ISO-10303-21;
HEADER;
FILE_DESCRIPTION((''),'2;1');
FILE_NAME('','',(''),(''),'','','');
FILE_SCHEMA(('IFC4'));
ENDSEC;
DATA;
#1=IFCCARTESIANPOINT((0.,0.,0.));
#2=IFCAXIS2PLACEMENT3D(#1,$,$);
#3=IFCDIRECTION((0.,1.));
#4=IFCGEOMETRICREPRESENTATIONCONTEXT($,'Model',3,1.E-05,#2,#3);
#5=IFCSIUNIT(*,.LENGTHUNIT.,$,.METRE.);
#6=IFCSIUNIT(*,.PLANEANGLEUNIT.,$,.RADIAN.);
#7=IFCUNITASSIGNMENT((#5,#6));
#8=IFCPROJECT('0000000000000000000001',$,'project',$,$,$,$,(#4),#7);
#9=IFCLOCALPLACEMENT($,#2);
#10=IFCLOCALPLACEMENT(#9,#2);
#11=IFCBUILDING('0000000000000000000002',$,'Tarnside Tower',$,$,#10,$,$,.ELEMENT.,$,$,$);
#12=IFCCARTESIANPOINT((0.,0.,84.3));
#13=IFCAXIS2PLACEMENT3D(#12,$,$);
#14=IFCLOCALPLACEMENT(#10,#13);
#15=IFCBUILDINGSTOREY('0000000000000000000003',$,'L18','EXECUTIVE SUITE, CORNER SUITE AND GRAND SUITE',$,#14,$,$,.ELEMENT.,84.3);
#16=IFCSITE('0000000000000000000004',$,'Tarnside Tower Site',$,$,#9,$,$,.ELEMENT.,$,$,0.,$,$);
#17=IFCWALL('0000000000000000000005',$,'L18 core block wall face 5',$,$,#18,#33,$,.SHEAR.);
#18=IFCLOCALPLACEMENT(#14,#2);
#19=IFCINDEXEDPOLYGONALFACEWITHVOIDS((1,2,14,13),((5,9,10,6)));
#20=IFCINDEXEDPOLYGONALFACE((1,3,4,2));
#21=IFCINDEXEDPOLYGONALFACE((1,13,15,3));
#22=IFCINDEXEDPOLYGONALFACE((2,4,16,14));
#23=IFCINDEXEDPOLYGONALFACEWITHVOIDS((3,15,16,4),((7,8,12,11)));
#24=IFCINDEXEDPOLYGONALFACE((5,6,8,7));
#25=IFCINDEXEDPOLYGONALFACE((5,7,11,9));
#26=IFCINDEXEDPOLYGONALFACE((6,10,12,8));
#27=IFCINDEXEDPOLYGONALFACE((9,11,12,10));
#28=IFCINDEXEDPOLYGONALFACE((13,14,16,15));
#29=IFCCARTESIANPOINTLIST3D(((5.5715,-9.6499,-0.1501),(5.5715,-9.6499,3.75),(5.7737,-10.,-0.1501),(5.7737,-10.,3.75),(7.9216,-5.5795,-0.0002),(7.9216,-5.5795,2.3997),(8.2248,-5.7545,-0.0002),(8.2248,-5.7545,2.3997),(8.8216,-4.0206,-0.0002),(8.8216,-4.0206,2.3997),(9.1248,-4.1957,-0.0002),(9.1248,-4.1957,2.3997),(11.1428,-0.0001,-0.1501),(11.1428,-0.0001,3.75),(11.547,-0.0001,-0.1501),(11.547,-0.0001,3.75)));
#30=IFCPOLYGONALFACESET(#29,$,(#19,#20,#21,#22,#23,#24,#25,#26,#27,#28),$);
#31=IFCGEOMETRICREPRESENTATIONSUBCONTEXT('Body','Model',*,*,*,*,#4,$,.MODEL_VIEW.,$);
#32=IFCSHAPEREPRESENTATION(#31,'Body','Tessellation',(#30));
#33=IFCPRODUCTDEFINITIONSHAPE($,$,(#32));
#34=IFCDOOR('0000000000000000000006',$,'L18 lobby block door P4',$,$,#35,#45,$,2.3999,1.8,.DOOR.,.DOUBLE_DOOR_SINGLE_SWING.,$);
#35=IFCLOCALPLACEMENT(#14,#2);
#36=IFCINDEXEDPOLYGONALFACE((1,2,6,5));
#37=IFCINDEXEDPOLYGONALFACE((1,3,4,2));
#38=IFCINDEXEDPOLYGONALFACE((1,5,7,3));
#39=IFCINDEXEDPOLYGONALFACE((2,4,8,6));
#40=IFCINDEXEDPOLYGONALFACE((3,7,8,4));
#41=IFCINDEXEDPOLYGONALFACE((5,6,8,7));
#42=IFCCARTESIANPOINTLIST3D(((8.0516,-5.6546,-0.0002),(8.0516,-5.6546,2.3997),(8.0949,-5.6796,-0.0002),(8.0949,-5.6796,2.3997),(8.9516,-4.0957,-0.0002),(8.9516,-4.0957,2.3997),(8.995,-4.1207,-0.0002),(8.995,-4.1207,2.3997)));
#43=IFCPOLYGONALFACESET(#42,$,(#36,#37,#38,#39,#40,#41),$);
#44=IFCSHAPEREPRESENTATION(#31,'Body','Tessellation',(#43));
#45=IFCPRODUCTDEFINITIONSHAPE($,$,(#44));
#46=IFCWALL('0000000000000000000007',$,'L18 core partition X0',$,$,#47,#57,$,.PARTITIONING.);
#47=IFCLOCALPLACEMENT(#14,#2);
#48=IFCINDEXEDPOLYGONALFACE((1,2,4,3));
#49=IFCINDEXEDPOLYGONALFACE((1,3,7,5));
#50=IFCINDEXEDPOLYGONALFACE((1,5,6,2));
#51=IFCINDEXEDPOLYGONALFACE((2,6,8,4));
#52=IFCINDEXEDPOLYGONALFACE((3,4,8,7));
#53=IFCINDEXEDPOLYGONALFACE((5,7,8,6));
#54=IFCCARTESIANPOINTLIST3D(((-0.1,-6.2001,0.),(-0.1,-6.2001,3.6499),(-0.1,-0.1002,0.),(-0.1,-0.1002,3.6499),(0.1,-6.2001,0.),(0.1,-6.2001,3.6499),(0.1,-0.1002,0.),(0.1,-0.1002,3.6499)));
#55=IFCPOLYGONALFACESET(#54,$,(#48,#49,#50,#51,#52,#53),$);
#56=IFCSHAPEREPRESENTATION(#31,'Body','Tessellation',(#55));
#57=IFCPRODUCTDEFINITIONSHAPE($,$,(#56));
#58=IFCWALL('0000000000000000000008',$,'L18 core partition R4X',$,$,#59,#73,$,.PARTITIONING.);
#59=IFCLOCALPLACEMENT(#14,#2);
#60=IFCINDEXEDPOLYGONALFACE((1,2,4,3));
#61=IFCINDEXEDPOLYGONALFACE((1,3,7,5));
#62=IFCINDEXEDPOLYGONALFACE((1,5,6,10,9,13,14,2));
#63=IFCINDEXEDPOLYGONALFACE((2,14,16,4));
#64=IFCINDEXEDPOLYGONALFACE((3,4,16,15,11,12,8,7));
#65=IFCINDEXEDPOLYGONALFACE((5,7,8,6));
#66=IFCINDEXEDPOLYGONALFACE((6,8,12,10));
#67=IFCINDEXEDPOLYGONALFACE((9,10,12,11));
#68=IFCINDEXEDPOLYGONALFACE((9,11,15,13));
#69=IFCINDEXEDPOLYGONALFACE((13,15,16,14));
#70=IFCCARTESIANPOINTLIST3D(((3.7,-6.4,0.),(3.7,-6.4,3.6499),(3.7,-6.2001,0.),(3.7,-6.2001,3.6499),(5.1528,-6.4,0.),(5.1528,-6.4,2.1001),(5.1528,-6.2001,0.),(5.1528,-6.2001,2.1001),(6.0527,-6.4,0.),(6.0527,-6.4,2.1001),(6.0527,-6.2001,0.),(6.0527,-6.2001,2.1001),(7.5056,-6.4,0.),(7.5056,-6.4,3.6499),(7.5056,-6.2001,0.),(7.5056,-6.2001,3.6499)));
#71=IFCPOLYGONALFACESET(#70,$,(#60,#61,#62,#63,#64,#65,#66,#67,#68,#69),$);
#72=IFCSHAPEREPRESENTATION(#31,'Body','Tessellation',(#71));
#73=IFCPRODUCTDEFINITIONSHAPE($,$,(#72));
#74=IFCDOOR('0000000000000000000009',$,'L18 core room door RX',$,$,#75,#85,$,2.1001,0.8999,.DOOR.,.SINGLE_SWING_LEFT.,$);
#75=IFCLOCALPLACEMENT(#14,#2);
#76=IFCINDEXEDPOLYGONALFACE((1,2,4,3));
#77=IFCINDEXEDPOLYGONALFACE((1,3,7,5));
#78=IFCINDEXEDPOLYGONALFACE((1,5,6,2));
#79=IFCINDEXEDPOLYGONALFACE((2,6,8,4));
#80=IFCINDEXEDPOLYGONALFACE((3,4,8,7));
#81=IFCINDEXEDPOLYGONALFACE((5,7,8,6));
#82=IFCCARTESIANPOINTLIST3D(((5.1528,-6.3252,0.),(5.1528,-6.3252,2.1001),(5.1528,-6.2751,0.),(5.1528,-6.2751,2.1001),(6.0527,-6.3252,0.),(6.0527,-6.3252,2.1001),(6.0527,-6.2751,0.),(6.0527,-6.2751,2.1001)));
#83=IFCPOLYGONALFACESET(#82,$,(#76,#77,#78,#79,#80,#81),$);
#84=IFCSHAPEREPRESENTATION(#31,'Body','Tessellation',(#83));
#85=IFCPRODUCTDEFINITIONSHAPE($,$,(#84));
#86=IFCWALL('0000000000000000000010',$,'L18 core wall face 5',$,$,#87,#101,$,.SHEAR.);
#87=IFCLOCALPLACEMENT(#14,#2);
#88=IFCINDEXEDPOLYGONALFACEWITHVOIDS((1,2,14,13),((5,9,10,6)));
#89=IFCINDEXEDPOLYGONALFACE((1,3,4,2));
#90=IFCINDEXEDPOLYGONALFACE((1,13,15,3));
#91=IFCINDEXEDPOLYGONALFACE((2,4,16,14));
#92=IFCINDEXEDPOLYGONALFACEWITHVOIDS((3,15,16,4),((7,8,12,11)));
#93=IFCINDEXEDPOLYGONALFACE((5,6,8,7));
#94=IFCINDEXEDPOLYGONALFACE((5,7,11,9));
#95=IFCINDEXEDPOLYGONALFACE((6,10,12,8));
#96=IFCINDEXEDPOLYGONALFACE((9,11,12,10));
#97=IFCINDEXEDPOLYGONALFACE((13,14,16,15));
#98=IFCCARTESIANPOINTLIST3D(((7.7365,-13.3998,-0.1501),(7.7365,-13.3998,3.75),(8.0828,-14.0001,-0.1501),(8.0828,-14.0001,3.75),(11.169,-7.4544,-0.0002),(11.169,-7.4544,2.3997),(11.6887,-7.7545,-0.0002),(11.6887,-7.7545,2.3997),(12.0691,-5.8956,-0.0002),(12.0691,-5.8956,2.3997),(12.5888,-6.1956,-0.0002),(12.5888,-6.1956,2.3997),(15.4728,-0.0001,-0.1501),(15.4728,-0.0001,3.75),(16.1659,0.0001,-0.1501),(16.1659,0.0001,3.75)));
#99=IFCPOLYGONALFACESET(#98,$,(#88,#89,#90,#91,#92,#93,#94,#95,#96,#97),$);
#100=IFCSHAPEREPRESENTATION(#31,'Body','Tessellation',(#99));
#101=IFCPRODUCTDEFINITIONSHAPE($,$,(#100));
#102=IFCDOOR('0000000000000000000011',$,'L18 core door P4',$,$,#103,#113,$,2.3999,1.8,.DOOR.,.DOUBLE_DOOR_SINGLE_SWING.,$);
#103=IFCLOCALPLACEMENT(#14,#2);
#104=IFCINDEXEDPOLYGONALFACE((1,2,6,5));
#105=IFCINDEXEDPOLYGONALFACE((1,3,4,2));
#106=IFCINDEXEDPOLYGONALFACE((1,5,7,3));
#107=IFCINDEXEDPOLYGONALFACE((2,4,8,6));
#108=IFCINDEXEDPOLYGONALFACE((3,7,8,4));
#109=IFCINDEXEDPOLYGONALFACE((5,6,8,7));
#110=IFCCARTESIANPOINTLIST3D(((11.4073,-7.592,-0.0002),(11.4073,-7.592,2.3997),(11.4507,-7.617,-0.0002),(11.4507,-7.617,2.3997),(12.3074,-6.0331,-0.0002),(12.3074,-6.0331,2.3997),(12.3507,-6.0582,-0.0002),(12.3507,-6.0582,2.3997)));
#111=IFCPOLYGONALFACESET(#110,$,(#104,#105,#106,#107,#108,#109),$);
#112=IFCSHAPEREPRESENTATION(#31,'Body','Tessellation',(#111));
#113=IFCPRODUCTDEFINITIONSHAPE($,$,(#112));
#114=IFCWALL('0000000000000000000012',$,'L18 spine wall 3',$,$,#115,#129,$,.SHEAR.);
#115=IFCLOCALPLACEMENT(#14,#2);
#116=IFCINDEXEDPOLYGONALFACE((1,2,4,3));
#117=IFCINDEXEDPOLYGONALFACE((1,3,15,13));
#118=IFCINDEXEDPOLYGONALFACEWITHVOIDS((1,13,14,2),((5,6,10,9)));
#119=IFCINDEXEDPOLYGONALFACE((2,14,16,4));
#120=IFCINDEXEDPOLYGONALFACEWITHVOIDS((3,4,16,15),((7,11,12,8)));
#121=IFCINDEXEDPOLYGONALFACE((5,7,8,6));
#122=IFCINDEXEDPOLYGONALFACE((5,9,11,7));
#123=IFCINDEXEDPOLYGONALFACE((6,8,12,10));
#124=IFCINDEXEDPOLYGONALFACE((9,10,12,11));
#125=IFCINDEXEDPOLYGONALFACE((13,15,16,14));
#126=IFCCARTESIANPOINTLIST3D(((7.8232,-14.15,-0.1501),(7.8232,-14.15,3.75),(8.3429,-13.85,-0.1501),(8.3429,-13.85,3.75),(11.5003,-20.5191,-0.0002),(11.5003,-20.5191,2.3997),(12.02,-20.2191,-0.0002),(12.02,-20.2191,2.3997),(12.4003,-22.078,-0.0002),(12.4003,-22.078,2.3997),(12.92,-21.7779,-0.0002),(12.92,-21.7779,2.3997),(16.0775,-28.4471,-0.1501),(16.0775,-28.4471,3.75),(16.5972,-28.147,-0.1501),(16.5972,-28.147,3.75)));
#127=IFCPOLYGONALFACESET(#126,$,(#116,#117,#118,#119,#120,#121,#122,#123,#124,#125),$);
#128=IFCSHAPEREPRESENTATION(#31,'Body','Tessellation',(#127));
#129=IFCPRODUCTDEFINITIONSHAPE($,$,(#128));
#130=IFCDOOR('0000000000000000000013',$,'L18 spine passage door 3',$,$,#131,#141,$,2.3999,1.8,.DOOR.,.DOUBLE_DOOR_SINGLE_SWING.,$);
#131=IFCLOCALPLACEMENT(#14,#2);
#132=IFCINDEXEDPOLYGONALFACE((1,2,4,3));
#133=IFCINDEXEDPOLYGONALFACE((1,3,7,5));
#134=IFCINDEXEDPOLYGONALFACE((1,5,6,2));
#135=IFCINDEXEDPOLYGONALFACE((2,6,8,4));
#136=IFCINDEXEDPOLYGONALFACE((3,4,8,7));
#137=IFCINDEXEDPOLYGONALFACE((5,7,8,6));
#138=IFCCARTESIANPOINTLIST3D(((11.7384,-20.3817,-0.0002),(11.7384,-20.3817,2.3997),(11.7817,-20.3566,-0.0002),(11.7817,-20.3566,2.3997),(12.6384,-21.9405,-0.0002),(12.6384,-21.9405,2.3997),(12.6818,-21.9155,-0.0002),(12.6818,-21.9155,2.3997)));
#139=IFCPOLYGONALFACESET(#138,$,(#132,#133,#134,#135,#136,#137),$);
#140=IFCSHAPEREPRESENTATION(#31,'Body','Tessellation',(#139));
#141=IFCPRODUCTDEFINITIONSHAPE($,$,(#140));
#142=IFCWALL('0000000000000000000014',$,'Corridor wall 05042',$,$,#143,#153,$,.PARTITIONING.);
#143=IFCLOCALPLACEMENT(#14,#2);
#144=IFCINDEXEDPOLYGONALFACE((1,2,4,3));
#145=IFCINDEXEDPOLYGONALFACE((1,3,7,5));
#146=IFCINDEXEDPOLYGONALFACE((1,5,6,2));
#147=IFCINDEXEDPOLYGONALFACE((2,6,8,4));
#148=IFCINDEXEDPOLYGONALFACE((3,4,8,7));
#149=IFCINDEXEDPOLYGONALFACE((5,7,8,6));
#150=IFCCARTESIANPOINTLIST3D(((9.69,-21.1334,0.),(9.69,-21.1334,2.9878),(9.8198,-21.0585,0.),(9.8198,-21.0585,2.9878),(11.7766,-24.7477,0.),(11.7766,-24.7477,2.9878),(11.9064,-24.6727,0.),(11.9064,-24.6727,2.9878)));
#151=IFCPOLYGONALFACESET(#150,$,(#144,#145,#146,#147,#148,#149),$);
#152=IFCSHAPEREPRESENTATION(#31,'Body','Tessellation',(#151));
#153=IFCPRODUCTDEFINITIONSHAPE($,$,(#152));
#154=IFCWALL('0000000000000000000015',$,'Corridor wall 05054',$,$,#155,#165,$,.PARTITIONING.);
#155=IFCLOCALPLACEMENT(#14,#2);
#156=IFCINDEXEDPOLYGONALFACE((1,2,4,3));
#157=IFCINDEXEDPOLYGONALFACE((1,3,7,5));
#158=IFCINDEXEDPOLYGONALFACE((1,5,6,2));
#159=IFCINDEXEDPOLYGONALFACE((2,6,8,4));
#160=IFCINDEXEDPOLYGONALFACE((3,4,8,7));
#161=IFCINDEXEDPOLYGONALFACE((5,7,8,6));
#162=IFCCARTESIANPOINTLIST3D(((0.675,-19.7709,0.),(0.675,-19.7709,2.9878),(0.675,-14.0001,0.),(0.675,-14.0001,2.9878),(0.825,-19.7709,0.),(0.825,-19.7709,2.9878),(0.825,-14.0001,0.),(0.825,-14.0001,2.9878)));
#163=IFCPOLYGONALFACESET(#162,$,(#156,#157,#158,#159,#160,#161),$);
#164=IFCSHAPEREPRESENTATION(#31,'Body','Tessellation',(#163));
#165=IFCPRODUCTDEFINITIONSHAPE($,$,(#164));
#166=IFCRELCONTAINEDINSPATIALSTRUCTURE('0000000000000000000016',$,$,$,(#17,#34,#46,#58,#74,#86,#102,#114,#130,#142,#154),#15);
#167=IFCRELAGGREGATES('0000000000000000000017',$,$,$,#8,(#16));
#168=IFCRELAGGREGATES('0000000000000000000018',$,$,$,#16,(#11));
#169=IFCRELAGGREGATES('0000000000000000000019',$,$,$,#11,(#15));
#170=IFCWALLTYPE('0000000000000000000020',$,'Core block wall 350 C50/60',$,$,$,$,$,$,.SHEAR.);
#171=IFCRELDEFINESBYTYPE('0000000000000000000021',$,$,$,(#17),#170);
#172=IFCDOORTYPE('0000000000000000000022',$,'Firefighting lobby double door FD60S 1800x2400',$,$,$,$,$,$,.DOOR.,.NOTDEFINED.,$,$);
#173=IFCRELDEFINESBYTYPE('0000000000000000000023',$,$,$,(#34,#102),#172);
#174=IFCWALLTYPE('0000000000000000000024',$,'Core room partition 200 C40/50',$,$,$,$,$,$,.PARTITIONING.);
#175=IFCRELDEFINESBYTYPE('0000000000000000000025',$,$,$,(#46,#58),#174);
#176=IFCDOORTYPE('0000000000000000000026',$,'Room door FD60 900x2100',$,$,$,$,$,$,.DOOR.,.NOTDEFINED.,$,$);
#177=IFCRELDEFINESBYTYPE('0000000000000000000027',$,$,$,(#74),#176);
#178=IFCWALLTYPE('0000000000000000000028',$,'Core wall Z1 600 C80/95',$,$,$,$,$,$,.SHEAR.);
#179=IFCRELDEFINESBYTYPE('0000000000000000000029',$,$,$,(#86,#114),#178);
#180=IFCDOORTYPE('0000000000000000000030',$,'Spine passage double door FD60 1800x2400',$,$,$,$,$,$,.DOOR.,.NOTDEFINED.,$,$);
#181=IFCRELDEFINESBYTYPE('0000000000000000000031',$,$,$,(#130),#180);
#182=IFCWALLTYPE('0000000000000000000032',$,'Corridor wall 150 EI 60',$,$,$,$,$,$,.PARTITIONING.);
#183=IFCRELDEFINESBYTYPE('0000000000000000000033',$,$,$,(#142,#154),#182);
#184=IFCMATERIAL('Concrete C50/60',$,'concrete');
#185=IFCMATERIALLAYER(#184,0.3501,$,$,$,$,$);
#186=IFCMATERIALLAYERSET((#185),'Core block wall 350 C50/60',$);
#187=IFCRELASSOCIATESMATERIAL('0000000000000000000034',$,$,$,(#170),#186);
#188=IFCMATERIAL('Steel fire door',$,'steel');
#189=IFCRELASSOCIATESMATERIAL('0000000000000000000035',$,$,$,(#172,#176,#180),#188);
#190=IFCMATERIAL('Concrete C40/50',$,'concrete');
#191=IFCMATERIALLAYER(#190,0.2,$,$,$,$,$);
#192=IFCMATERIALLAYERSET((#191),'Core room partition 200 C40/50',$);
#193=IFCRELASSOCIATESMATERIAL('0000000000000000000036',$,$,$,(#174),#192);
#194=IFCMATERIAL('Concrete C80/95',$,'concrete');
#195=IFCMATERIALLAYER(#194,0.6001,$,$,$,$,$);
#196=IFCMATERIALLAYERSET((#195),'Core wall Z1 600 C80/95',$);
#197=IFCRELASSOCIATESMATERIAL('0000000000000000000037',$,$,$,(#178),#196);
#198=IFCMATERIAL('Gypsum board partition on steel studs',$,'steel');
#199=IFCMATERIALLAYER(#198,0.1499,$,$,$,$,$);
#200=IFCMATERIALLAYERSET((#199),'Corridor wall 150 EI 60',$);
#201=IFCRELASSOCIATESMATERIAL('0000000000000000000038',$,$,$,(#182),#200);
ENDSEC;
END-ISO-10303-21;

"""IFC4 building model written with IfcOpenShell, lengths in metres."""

from ifc_helpers import new_model, si_unit, direction, frame, frame_2d, origin, place, context, subcontext, project, spatial, polyline, rectangle, outline, extrude, material, layer, layer_set, type_object, element, fill, save


model = new_model("IFC4")

# Units and contexts
model_context = context("Model", 3, precision=1e-05, world=origin(), true_north=direction((0.0, 1.0)))
body_context = subcontext(model_context, "Body", "Model", "MODEL_VIEW")
ifc_project = project(units=[si_unit("LENGTHUNIT", "METRE"), si_unit("PLANEANGLEUNIT", "RADIAN")], contexts=[model_context])

# Site, building, storey
site_placement = place(None, origin())
site = spatial("IfcSite", under=ifc_project, at=site_placement, Name="Tarnside Tower Site", CompositionType="ELEMENT", RefElevation=0.0)
building_placement = place(site_placement, origin())
building = spatial("IfcBuilding", under=site, at=building_placement, Name="Tarnside Tower", CompositionType="ELEMENT")
storey_placement = place(building_placement, frame((0.0, 0.0, 84.3)))
storey = spatial("IfcBuildingStorey", under=building, at=storey_placement, Name="L18", Description="EXECUTIVE SUITE, CORNER SUITE AND GRAND SUITE", CompositionType="ELEMENT", Elevation=84.3)

# Shared definitions
ifc_material_1 = material(Name="Gypsum board partition on steel studs", Category="steel")

# Wall, opening, door
ifc_material_2 = material(Name="Concrete C50/60", Category="concrete")
ifc_layer_1 = layer(ifc_material_2, 0.3501)
ifc_layer_set_1 = layer_set([ifc_layer_1], Name="Core block wall 350 C50/60")
wall_type_1 = type_object("IfcWallType", Name="Core block wall 350 C50/60", PredefinedType="SHEAR", material=ifc_layer_set_1)
wall_1_placement = place(storey_placement, frame((5.6726, -9.825, -0.1501), z_axis=(0.0, 0.0, 1.0), x_axis=(0.499995, 0.866028, 0.0)))
wall_1 = element("IfcWall", 1, at=wall_1_placement, inside=storey, type_object=wall_type_1, Name="L18 core block wall face 5", PredefinedType="SHEAR", context=body_context, shape_type="SweptSolid", body=[
    extrude(outline(polyline([(-0.1011, -0.175), (11.4458, -0.175), (11.2437, 0.175), (0.1011, 0.175), (-0.1011, -0.175)])), origin(), (0.0, 0.0, 1.0), 3.9001),
])
opening_1_placement = place(wall_1_placement, frame((4.8013, 0.0, 0.1499)))
opening_1 = element("IfcOpeningElement", 2, at=opening_1_placement, cuts=wall_1, PredefinedType="OPENING", context=body_context, shape_type="SweptSolid", body=[
    extrude(rectangle(XDim=1.8, YDim=2.3999, at=frame_2d((0.8999, 1.2))), frame((0.0, 0.1851, 0.0), z_axis=(0.0, -1.0, 0.0), x_axis=(1.0, 0.0, 0.0)), (0.0, 0.0, 1.0), 0.3701),
])
ifc_material_3 = material(Name="Steel fire door", Category="steel")
door_type_1 = type_object("IfcDoorType", Name="Firefighting lobby double door FD60S 1800x2400", OperationType="NOTDEFINED", PredefinedType="DOOR", material=ifc_material_3)
door_1_placement = place(opening_1_placement, origin())
door_1 = element("IfcDoor", 3, at=door_1_placement, inside=storey, type_object=door_type_1, Name="L18 lobby block door P4", OperationType="DOUBLE_DOOR_SINGLE_SWING", OverallHeight=2.3999, OverallWidth=1.8, PredefinedType="DOOR", context=body_context, shape_type="SweptSolid", body=[
    extrude(rectangle(XDim=1.8, YDim=2.3999, at=frame_2d((0.8999, 1.2))), frame((0.0, 0.0249, 0.0), z_axis=(0.0, -1.0, 0.0), x_axis=(1.0, 0.0, 0.0)), (0.0, 0.0, 1.0), 0.05),
])
fill(opening_1, door_1)

# Wall
ifc_material_4 = material(Name="Concrete C40/50", Category="concrete")
ifc_layer_2 = layer(ifc_material_4, 0.2)
ifc_layer_set_2 = layer_set([ifc_layer_2], Name="Core room partition 200 C40/50")
wall_type_2 = type_object("IfcWallType", Name="Core room partition 200 C40/50", PredefinedType="PARTITIONING", material=ifc_layer_set_2)
wall_2_placement = place(storey_placement, frame((0.0, -6.2, 0.0), z_axis=(0.0, 0.0, 1.0), x_axis=(0.0, 1.0, 0.0)))
element("IfcWall", 4, at=wall_2_placement, inside=storey, type_object=wall_type_2, Name="L18 core partition X0", PredefinedType="PARTITIONING", context=body_context, shape_type="SweptSolid", body=[
    extrude(rectangle(XDim=6.0999, YDim=0.2, at=frame_2d((3.0498, 0.0))), origin(), (0.0, 0.0, 1.0), 3.6499),
])

# Walls, openings, doors
wall_3_placement = place(storey_placement, frame((3.7, -6.3, 0.0), z_axis=(0.0, 0.0, 1.0), x_axis=(1.0, 0.0, 0.0)))
wall_3 = element("IfcWall", 5, at=wall_3_placement, inside=storey, type_object=wall_type_2, Name="L18 core partition R4X", PredefinedType="PARTITIONING", context=body_context, shape_type="SweptSolid", body=[
    extrude(rectangle(XDim=3.8057, YDim=0.2, at=frame_2d((1.9028, 0.0))), origin(), (0.0, 0.0, 1.0), 3.6499),
])
opening_2_placement = place(wall_3_placement, frame((1.4529, 0.0, 0.0)))
opening_2 = element("IfcOpeningElement", 6, at=opening_2_placement, cuts=wall_3, PredefinedType="OPENING", context=body_context, shape_type="SweptSolid", body=[
    extrude(rectangle(XDim=0.8999, YDim=2.1001, at=frame_2d((0.45, 1.05))), frame((0.0, 0.1099, 0.0), z_axis=(0.0, -1.0, 0.0), x_axis=(1.0, 0.0, 0.0)), (0.0, 0.0, 1.0), 0.22),
])
door_type_2 = type_object("IfcDoorType", Name="Room door FD60 900x2100", OperationType="NOTDEFINED", PredefinedType="DOOR", material=ifc_material_3)
door_2_placement = place(opening_2_placement, origin())
door_2 = element("IfcDoor", 7, at=door_2_placement, inside=storey, type_object=door_type_2, Name="L18 core room door RX", OperationType="SINGLE_SWING_LEFT", OverallHeight=2.1001, OverallWidth=0.8999, PredefinedType="DOOR", context=body_context, shape_type="SweptSolid", body=[
    extrude(rectangle(XDim=0.8999, YDim=2.1001, at=frame_2d((0.45, 1.05))), frame((0.0, 0.0249, 0.0), z_axis=(0.0, -1.0, 0.0), x_axis=(1.0, 0.0, 0.0)), (0.0, 0.0, 1.0), 0.05),
])
fill(opening_2, door_2)
ifc_material_5 = material(Name="Concrete C80/95", Category="concrete")
ifc_layer_3 = layer(ifc_material_5, 0.6001)
ifc_layer_set_3 = layer_set([ifc_layer_3], Name="Core wall Z1 600 C80/95")
wall_type_3 = type_object("IfcWallType", Name="Core wall Z1 600 C80/95", PredefinedType="SHEAR", material=ifc_layer_set_3)
wall_4_placement = place(storey_placement, frame((7.9097, -13.7, -0.1501), z_axis=(0.0, 0.0, 1.0), x_axis=(0.5, 0.866025, 0.0)))
wall_4 = element("IfcWall", 8, at=wall_4_placement, inside=storey, type_object=wall_type_3, Name="L18 core wall face 5", PredefinedType="SHEAR", context=body_context, shape_type="SweptSolid", body=[
    extrude(outline(polyline([(-0.1733, -0.3), (15.9927, -0.3), (15.646, 0.3), (0.1733, 0.3), (-0.1733, -0.3)])), origin(), (0.0, 0.0, 1.0), 3.9001),
])
opening_3_placement = place(wall_4_placement, frame((7.0386, 0.0, 0.1499)))
opening_3 = element("IfcOpeningElement", 9, at=opening_3_placement, cuts=wall_4, PredefinedType="OPENING", context=body_context, shape_type="SweptSolid", body=[
    extrude(rectangle(XDim=1.8, YDim=2.3999, at=frame_2d((0.8999, 1.2))), frame((0.0, 0.3101, 0.0), z_axis=(0.0, -1.0, 0.0), x_axis=(1.0, 0.0, 0.0)), (0.0, 0.0, 1.0), 0.6201),
])
door_3_placement = place(opening_3_placement, origin())
door_3 = element("IfcDoor", 10, at=door_3_placement, inside=storey, type_object=door_type_1, Name="L18 core door P4", OperationType="DOUBLE_DOOR_SINGLE_SWING", OverallHeight=2.3999, OverallWidth=1.8, PredefinedType="DOOR", context=body_context, shape_type="SweptSolid", body=[
    extrude(rectangle(XDim=1.8, YDim=2.3999, at=frame_2d((0.8999, 1.2))), frame((0.0, 0.0249, 0.0), z_axis=(0.0, -1.0, 0.0), x_axis=(1.0, 0.0, 0.0)), (0.0, 0.0, 1.0), 0.05),
])
fill(opening_3, door_3)
wall_5_placement = place(storey_placement, frame((8.083, -14.0, -0.1501), z_axis=(0.0, 0.0, 1.0), x_axis=(0.499998, -0.866027, 0.0)))
wall_5 = element("IfcWall", 11, at=wall_5_placement, inside=storey, type_object=wall_type_3, Name="L18 spine wall 3", PredefinedType="SHEAR", context=body_context, shape_type="SweptSolid", body=[
    extrude(rectangle(XDim=16.5088, YDim=0.6001, at=frame_2d((8.2544, 0.0))), origin(), (0.0, 0.0, 1.0), 3.9001),
])
opening_4_placement = place(wall_5_placement, frame((7.3545, 0.0, 0.1499)))
opening_4 = element("IfcOpeningElement", 12, at=opening_4_placement, cuts=wall_5, PredefinedType="OPENING", context=body_context, shape_type="SweptSolid", body=[
    extrude(rectangle(XDim=1.8, YDim=2.3999, at=frame_2d((0.8999, 1.2))), frame((0.0, 0.3101, 0.0), z_axis=(0.0, -1.0, 0.0), x_axis=(1.0, 0.0, 0.0)), (0.0, 0.0, 1.0), 0.6201),
])
door_type_3 = type_object("IfcDoorType", Name="Spine passage double door FD60 1800x2400", OperationType="NOTDEFINED", PredefinedType="DOOR", material=ifc_material_3)
door_4_placement = place(opening_4_placement, origin())
door_4 = element("IfcDoor", 13, at=door_4_placement, inside=storey, type_object=door_type_3, Name="L18 spine passage door 3", OperationType="DOUBLE_DOOR_SINGLE_SWING", OverallHeight=2.3999, OverallWidth=1.8, PredefinedType="DOOR", context=body_context, shape_type="SweptSolid", body=[
    extrude(rectangle(XDim=1.8, YDim=2.3999, at=frame_2d((0.8999, 1.2))), frame((0.0, 0.0249, 0.0), z_axis=(0.0, -1.0, 0.0), x_axis=(1.0, 0.0, 0.0)), (0.0, 0.0, 1.0), 0.05),
])
fill(opening_4, door_4)

# Walls
ifc_layer_4 = layer(ifc_material_1, 0.1499)
ifc_layer_set_4 = layer_set([ifc_layer_4], Name="Corridor wall 150 EI 60")
wall_type_4 = type_object("IfcWallType", Name="Corridor wall 150 EI 60", PredefinedType="PARTITIONING", material=ifc_layer_set_4)
wall_6_placement = place(storey_placement, frame((9.7549, -21.0959, 0.0), z_axis=(0.0, 0.0, 1.0), x_axis=(0.499996, -0.866028, 0.0)))
element("IfcWall", 14, at=wall_6_placement, inside=storey, type_object=wall_type_4, Name="Corridor wall 05042", PredefinedType="PARTITIONING", context=body_context, shape_type="SweptSolid", body=[
    extrude(rectangle(XDim=4.1733, YDim=0.1499, at=frame_2d((2.0867, 0.0))), origin(), (0.0, 0.0, 1.0), 2.9878),
])
wall_7_placement = place(storey_placement, frame((0.75, -19.7708, 0.0), z_axis=(0.0, 0.0, 1.0), x_axis=(0.0, 1.0, 0.0)))
element("IfcWall", 15, at=wall_7_placement, inside=storey, type_object=wall_type_4, Name="Corridor wall 05054", PredefinedType="PARTITIONING", context=body_context, shape_type="SweptSolid", body=[
    extrude(rectangle(XDim=5.7708, YDim=0.1499, at=frame_2d((2.8853, 0.0))), origin(), (0.0, 0.0, 1.0), 2.9878),
])

save(model, "model.ifc")
